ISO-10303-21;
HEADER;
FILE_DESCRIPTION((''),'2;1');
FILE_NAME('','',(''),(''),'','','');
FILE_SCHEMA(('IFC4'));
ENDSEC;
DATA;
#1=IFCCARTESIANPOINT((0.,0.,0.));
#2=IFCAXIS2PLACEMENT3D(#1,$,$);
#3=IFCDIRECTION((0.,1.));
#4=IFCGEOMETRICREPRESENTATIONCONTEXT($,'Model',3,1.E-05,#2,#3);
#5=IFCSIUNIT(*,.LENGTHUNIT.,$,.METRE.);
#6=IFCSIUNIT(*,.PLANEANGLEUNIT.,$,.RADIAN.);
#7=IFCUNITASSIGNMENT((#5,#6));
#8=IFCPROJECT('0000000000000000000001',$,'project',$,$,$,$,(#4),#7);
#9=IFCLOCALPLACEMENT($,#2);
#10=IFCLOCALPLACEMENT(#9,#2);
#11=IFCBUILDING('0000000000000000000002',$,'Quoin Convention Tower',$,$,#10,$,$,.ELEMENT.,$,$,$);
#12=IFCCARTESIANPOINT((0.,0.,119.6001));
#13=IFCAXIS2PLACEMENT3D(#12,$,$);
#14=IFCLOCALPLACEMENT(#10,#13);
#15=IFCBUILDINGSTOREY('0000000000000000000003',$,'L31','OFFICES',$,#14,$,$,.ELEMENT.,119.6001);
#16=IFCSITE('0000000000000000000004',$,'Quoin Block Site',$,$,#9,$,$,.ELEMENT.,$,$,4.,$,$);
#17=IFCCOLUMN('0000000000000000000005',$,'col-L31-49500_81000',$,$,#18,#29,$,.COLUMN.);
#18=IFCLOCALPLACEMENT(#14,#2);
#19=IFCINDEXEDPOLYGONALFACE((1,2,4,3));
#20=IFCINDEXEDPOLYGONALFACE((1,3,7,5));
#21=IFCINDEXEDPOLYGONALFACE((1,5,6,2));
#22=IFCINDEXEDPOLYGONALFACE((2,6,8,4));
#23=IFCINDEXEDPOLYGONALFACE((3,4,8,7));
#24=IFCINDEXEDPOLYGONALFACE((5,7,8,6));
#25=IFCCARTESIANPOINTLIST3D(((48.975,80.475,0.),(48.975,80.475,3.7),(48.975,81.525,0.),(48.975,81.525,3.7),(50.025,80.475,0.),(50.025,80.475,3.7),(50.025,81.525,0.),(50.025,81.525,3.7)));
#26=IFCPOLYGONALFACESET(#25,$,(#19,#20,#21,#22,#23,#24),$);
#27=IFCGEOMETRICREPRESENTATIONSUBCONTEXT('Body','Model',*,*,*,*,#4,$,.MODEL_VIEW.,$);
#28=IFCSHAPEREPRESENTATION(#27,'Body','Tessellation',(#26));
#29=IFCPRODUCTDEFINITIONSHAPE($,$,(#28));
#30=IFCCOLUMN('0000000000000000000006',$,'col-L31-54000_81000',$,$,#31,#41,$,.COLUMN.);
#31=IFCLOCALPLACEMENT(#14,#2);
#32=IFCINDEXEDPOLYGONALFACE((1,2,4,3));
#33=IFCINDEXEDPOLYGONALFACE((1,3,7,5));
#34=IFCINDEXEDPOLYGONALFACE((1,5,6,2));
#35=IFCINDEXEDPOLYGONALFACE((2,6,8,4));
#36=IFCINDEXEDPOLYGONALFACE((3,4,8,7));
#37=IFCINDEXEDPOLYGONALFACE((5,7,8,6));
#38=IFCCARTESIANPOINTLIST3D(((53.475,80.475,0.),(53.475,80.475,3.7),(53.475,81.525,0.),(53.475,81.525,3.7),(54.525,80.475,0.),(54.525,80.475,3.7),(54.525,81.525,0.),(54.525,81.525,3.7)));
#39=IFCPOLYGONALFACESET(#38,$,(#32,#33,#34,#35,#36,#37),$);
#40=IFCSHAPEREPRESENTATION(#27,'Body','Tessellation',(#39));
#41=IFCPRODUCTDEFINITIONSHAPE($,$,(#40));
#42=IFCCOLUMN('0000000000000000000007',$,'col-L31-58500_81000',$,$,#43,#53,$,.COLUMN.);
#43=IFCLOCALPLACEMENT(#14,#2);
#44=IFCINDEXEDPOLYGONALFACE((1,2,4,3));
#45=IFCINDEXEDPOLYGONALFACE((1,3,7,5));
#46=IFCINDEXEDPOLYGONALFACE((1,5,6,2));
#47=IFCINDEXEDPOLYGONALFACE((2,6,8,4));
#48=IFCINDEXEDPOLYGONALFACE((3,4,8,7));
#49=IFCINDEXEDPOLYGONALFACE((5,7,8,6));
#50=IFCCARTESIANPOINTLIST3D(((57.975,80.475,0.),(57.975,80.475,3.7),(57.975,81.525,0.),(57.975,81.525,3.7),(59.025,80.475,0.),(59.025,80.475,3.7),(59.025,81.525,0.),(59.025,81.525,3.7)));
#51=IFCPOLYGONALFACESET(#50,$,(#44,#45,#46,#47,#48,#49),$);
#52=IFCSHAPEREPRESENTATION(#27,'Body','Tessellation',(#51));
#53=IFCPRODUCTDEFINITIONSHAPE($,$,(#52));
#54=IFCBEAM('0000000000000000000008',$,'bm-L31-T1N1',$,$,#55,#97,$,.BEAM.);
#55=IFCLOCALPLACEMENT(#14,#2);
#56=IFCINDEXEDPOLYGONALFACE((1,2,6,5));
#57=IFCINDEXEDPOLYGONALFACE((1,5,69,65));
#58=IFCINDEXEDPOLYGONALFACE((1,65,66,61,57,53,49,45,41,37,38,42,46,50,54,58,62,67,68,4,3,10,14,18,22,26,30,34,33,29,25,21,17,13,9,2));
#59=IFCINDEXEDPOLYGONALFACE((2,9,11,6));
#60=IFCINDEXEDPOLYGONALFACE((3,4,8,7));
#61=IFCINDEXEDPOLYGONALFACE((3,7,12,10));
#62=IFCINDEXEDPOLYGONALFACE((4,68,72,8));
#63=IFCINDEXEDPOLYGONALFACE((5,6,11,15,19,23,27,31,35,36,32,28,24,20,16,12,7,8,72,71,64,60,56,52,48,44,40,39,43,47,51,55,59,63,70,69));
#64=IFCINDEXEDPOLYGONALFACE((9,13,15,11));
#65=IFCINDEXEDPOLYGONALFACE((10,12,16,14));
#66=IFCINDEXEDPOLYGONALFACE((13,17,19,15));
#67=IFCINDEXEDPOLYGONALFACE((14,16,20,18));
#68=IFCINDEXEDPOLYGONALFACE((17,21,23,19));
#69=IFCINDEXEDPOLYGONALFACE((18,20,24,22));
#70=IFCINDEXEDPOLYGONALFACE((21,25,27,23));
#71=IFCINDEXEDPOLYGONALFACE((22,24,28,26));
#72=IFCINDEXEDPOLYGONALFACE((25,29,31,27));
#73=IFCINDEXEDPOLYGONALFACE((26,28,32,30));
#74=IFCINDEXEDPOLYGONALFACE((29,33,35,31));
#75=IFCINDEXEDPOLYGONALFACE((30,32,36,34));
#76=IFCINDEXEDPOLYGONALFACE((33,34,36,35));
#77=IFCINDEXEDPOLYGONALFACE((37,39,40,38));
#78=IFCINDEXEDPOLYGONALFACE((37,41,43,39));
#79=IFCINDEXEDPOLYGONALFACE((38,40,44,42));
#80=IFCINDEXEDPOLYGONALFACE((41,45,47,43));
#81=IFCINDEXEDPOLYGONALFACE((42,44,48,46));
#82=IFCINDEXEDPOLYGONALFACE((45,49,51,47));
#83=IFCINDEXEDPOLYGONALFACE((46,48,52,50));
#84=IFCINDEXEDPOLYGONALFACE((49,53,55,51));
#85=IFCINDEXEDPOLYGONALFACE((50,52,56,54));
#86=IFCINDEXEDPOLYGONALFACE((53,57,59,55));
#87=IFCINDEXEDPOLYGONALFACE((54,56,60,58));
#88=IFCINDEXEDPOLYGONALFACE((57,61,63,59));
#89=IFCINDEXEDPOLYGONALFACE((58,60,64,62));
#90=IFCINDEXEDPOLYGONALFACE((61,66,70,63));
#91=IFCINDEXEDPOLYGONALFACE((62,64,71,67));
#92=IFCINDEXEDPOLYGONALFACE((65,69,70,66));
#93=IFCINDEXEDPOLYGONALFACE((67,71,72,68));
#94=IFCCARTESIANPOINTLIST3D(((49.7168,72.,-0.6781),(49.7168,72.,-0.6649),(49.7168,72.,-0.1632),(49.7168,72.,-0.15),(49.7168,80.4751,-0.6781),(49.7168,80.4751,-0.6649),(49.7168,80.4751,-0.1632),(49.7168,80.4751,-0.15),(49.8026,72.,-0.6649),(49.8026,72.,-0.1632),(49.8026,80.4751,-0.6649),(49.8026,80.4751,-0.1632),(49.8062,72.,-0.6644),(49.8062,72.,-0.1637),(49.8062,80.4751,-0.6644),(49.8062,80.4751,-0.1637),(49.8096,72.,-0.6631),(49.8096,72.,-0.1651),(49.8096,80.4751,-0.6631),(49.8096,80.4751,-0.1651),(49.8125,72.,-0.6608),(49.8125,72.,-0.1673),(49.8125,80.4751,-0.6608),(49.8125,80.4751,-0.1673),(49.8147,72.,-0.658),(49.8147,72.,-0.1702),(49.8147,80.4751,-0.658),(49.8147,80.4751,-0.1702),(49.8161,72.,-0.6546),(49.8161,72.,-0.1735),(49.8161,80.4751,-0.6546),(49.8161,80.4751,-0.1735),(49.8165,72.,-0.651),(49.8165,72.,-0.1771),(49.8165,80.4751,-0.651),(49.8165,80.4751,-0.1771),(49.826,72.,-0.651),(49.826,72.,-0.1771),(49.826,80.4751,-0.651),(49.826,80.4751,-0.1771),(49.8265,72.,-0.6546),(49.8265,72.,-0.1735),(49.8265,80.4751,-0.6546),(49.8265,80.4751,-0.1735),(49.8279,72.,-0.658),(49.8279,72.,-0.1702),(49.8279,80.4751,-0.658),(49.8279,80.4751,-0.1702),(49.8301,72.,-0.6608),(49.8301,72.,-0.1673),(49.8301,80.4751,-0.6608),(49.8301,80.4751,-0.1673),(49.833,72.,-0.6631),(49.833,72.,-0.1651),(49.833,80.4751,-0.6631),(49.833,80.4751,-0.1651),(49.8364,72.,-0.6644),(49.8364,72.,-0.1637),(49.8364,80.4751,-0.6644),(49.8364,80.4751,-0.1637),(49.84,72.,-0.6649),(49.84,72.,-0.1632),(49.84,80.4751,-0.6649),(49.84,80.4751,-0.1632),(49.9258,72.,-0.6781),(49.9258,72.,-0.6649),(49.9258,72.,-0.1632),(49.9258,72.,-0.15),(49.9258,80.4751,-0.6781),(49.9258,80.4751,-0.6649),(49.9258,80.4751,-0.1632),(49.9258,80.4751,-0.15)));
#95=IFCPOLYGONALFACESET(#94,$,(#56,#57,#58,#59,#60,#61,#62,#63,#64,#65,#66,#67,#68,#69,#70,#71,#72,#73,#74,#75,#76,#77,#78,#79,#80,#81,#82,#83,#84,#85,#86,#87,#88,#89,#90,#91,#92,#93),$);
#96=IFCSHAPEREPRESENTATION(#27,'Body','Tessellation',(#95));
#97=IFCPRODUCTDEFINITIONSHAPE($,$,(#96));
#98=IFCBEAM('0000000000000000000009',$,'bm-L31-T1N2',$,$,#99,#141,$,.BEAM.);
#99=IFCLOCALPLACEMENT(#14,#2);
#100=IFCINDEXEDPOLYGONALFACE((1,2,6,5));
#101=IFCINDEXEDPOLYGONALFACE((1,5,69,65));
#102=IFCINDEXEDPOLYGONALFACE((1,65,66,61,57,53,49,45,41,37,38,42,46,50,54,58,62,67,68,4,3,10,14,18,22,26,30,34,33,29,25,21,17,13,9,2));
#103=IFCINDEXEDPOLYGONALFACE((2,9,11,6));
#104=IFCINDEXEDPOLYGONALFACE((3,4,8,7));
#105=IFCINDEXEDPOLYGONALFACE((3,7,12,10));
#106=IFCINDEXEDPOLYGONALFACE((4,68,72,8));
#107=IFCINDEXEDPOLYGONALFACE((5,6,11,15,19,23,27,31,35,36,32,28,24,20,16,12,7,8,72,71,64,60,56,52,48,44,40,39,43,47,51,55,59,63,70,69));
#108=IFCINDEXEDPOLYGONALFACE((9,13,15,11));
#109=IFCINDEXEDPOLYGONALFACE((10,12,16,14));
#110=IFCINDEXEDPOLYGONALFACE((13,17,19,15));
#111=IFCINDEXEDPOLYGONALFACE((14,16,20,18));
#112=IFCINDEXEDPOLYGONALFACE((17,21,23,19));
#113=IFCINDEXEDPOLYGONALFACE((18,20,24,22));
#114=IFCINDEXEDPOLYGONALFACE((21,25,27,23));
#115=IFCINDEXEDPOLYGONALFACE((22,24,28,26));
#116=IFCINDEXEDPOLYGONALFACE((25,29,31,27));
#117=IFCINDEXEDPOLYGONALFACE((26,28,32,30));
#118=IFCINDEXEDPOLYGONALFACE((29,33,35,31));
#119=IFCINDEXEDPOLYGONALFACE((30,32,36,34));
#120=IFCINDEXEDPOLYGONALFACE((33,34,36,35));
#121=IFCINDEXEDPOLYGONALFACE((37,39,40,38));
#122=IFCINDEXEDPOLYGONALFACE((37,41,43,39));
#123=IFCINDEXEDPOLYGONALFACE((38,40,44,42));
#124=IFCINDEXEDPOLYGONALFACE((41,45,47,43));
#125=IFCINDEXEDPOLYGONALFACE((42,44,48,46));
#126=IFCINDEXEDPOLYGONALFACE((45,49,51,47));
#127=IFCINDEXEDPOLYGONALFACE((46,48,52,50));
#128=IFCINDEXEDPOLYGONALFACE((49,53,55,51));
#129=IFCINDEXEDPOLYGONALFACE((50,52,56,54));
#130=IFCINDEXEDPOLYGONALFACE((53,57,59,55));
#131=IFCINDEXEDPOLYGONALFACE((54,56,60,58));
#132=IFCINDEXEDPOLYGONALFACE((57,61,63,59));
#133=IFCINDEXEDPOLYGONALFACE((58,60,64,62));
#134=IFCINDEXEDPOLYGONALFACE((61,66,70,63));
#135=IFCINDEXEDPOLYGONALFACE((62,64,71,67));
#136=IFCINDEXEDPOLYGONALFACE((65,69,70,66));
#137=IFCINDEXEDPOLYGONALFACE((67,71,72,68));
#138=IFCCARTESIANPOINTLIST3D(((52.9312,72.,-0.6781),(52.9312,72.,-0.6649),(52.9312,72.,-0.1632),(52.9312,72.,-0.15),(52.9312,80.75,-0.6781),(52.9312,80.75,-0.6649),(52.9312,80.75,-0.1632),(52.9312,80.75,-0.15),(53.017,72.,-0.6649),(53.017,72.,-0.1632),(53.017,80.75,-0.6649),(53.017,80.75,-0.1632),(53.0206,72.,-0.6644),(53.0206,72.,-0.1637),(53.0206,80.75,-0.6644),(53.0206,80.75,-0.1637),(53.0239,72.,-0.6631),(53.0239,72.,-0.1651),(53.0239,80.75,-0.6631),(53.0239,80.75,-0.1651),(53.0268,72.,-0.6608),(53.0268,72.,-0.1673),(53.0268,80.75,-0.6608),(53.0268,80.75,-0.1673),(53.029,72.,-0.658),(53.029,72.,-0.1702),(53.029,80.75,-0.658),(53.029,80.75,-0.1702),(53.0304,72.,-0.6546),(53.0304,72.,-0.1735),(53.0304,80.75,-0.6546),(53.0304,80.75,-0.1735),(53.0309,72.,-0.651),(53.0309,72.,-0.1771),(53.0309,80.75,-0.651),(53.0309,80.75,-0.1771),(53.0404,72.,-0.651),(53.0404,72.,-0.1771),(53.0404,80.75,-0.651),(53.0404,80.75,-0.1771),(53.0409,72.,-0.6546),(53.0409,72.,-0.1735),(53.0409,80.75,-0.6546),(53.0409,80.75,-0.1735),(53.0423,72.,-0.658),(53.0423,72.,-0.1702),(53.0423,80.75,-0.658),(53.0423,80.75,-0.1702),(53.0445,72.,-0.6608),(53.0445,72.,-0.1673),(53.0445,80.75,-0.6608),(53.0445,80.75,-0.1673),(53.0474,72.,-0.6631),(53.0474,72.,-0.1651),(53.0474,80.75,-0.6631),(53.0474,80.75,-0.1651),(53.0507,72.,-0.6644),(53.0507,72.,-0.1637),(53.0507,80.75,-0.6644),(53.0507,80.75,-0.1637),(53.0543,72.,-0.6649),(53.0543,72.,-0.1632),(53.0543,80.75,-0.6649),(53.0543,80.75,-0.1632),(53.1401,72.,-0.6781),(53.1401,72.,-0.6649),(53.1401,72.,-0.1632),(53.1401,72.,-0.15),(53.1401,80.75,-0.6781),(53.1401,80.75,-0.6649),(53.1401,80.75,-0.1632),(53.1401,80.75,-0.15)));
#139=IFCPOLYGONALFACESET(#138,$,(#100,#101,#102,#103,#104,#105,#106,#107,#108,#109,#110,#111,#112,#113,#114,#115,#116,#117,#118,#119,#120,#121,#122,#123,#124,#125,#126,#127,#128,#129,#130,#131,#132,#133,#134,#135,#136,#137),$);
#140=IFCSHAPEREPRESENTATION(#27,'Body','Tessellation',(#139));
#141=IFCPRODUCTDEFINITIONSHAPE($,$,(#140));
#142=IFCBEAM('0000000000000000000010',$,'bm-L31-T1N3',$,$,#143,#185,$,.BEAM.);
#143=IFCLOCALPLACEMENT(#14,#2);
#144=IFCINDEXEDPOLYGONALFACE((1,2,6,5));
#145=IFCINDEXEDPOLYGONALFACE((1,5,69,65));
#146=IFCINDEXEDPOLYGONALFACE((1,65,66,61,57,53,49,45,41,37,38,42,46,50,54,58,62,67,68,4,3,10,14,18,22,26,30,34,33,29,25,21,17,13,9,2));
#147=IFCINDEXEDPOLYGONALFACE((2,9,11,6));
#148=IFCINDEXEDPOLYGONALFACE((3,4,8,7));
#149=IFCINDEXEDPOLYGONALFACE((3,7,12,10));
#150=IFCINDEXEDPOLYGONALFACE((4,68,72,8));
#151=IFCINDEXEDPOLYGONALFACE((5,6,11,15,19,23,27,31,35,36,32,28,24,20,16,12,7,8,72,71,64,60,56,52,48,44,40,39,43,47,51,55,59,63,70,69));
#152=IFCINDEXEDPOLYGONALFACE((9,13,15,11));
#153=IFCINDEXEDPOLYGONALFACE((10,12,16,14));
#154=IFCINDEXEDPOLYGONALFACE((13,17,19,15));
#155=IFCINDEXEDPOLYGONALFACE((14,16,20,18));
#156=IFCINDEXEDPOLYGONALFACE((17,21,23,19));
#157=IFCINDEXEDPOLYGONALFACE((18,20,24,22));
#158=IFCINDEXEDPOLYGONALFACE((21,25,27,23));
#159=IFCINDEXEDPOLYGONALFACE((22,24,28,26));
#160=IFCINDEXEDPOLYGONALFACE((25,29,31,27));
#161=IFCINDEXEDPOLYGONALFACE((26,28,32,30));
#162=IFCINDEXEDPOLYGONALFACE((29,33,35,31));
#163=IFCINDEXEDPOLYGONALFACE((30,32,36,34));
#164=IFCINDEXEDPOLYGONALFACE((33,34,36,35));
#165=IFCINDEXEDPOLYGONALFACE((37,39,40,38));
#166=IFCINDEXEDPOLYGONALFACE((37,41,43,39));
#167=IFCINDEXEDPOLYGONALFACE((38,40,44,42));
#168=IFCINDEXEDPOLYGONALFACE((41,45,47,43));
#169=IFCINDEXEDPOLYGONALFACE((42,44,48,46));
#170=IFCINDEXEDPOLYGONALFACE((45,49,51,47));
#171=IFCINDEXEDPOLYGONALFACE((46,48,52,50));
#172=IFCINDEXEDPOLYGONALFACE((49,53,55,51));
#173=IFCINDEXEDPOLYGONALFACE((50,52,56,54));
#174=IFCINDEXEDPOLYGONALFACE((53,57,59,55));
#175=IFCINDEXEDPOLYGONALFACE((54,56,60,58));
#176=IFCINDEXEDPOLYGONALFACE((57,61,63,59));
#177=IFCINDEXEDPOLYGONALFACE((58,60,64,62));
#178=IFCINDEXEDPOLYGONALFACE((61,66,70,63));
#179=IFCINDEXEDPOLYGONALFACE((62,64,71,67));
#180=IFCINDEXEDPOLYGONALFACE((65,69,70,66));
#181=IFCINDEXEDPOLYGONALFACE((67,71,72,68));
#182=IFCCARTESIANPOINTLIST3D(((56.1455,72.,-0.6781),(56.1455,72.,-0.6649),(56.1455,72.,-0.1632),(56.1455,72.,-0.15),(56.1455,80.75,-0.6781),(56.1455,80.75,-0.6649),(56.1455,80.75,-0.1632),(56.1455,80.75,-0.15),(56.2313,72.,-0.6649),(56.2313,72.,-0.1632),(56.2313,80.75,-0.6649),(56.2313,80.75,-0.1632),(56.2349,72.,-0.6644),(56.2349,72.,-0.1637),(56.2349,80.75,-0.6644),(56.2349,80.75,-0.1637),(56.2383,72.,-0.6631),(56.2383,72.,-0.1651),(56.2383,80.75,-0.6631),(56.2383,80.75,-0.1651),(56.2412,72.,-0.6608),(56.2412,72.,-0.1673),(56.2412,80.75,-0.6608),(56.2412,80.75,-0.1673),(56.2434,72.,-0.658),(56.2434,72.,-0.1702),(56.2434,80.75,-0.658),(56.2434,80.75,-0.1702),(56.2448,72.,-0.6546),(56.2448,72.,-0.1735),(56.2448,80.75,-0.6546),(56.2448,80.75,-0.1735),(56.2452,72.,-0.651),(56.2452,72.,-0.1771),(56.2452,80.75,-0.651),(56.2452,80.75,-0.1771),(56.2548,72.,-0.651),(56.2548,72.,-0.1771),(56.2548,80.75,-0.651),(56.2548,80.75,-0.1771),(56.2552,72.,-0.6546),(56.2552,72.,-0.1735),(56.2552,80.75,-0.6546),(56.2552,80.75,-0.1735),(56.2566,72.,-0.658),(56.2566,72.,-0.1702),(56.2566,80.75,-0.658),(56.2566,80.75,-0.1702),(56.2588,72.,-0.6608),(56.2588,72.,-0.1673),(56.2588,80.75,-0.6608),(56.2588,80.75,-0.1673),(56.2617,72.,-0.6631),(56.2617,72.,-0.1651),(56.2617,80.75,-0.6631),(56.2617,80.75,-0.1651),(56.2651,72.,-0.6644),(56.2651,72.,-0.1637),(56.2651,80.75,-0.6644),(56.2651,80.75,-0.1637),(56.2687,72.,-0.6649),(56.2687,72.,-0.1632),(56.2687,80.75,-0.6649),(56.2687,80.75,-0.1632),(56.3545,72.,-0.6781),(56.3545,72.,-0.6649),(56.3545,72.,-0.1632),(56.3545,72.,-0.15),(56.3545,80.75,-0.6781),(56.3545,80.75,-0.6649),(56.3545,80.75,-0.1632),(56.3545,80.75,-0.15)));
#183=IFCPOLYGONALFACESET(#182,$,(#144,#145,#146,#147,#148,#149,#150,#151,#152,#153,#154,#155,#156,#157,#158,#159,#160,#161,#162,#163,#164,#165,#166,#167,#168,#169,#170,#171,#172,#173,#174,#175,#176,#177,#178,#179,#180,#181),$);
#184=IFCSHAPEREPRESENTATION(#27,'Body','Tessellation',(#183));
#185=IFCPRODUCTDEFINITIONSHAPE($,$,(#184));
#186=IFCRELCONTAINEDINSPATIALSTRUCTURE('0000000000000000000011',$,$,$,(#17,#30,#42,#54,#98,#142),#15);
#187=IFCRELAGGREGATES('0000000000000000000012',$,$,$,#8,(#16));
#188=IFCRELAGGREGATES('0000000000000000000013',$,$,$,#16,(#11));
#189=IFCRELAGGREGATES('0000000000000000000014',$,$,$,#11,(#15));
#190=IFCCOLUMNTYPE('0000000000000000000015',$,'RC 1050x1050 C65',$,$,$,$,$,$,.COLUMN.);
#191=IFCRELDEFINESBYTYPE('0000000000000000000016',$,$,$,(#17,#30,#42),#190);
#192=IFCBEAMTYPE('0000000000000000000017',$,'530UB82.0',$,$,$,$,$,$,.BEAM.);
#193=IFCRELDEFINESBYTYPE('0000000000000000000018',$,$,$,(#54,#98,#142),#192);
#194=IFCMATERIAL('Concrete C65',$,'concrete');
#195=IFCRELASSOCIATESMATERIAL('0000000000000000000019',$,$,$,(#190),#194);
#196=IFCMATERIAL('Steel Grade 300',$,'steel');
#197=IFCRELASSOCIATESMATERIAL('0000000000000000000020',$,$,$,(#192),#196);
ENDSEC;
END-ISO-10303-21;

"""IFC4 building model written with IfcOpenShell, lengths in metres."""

from ifc_helpers import new_model, si_unit, direction, frame, origin, origin_2d, place, context, subcontext, project, spatial, rectangle, i_section, extrude, material, material_profile, profile_set, type_object, element, save


model = new_model("IFC4")

# Units and contexts
model_context = context("Model", 3, precision=1e-05, world=origin(), true_north=direction((0.0, 1.0)))
body_context = subcontext(model_context, "Body", "Model", "MODEL_VIEW")
ifc_project = project(units=[si_unit("LENGTHUNIT", "METRE"), si_unit("PLANEANGLEUNIT", "RADIAN")], contexts=[model_context])

# Site, building, storey
site_placement = place(None, origin())
site = spatial("IfcSite", under=ifc_project, at=site_placement, Name="Quoin Block Site", CompositionType="ELEMENT", RefElevation=4.0)
building_placement = place(site_placement, origin())
building = spatial("IfcBuilding", under=site, at=building_placement, Name="Quoin Convention Tower", CompositionType="ELEMENT")
storey_placement = place(building_placement, frame((0.0, 0.0, 119.6001)))
storey = spatial("IfcBuildingStorey", under=building, at=storey_placement, Name="L31", Description="OFFICES", CompositionType="ELEMENT", Elevation=119.6001)

# Columns
ifc_material_1 = material(Name="Concrete C65", Category="concrete")
ifc_material_profile_1 = material_profile(ifc_material_1, rectangle(XDim=1.05, YDim=1.05, at=origin_2d()), Name="RC 1050x1050")
ifc_profile_set_1 = profile_set([ifc_material_profile_1], Name="Concrete C65")
column_type = type_object("IfcColumnType", Name="RC 1050x1050 C65", PredefinedType="COLUMN", material=ifc_profile_set_1)
for number, where, z_axis, x_axis, name in (
    (1, (49.5, 81.0, 0.0), (0.0, 0.0, 1.0), (1.0, 0.0, 0.0), "col-L31-49500_81000"),
    (2, (54.0, 81.0, 0.0), (0.0, 0.0, 1.0), (1.0, 0.0, 0.0), "col-L31-54000_81000"),
    (3, (58.5, 81.0, 0.0), (0.0, 0.0, 1.0), (1.0, 0.0, 0.0), "col-L31-58500_81000"),
):
    element("IfcColumn", number, at=place(storey_placement, frame(where, z_axis=z_axis, x_axis=x_axis)), inside=storey, type_object=column_type, Name=name, PredefinedType="COLUMN", context=body_context, shape_type="SweptSolid", body=[
        extrude(rectangle(XDim=1.05, YDim=1.05, at=origin_2d()), origin(), (0.0, 0.0, 1.0), 3.7),
    ])

# Beams
ifc_material_2 = material(Name="Steel Grade 300", Category="steel")
ifc_material_profile_2 = material_profile(ifc_material_2, i_section(OverallWidth=0.209, OverallDepth=0.5281, WebThickness=0.0095, FlangeThickness=0.0132, FilletRadius=0.0139, at=origin_2d()), Name="530UB82.0")
ifc_profile_set_2 = profile_set([ifc_material_profile_2], Name="Steel Grade 300")
beam_type_1 = type_object("IfcBeamType", Name="530UB82.0", PredefinedType="BEAM", material=ifc_profile_set_2)
beam_placement = place(storey_placement, frame((49.8213, 72.0, -0.4141), z_axis=(0.0, 1.0, 0.0), x_axis=(-1.0, 0.0, 0.0)))
element("IfcBeam", 4, at=beam_placement, inside=storey, type_object=beam_type_1, Name="bm-L31-T1N1", PredefinedType="BEAM", context=body_context, shape_type="SweptSolid", body=[
    extrude(i_section(OverallWidth=0.209, OverallDepth=0.5281, WebThickness=0.0095, FlangeThickness=0.0132, FilletRadius=0.0139, at=origin_2d()), origin(), (0.0, 0.0, 1.0), 8.4751),
])
for number, where, z_axis, x_axis, name in (
    (5, (53.0356, 72.0, -0.4141), (0.0, 1.0, 0.0), (-1.0, 0.0, 0.0), "bm-L31-T1N2"),
    (6, (56.25, 72.0, -0.4141), (0.0, 1.0, 0.0), (-1.0, 0.0, 0.0), "bm-L31-T1N3"),
):
    element("IfcBeam", number, at=place(storey_placement, frame(where, z_axis=z_axis, x_axis=x_axis)), inside=storey, type_object=beam_type_1, Name=name, PredefinedType="BEAM", context=body_context, shape_type="SweptSolid", body=[
        extrude(i_section(OverallWidth=0.209, OverallDepth=0.5281, WebThickness=0.0095, FlangeThickness=0.0132, FilletRadius=0.0139, at=origin_2d()), origin(), (0.0, 0.0, 1.0), 8.75),
    ])

save(model, "model.ifc")
